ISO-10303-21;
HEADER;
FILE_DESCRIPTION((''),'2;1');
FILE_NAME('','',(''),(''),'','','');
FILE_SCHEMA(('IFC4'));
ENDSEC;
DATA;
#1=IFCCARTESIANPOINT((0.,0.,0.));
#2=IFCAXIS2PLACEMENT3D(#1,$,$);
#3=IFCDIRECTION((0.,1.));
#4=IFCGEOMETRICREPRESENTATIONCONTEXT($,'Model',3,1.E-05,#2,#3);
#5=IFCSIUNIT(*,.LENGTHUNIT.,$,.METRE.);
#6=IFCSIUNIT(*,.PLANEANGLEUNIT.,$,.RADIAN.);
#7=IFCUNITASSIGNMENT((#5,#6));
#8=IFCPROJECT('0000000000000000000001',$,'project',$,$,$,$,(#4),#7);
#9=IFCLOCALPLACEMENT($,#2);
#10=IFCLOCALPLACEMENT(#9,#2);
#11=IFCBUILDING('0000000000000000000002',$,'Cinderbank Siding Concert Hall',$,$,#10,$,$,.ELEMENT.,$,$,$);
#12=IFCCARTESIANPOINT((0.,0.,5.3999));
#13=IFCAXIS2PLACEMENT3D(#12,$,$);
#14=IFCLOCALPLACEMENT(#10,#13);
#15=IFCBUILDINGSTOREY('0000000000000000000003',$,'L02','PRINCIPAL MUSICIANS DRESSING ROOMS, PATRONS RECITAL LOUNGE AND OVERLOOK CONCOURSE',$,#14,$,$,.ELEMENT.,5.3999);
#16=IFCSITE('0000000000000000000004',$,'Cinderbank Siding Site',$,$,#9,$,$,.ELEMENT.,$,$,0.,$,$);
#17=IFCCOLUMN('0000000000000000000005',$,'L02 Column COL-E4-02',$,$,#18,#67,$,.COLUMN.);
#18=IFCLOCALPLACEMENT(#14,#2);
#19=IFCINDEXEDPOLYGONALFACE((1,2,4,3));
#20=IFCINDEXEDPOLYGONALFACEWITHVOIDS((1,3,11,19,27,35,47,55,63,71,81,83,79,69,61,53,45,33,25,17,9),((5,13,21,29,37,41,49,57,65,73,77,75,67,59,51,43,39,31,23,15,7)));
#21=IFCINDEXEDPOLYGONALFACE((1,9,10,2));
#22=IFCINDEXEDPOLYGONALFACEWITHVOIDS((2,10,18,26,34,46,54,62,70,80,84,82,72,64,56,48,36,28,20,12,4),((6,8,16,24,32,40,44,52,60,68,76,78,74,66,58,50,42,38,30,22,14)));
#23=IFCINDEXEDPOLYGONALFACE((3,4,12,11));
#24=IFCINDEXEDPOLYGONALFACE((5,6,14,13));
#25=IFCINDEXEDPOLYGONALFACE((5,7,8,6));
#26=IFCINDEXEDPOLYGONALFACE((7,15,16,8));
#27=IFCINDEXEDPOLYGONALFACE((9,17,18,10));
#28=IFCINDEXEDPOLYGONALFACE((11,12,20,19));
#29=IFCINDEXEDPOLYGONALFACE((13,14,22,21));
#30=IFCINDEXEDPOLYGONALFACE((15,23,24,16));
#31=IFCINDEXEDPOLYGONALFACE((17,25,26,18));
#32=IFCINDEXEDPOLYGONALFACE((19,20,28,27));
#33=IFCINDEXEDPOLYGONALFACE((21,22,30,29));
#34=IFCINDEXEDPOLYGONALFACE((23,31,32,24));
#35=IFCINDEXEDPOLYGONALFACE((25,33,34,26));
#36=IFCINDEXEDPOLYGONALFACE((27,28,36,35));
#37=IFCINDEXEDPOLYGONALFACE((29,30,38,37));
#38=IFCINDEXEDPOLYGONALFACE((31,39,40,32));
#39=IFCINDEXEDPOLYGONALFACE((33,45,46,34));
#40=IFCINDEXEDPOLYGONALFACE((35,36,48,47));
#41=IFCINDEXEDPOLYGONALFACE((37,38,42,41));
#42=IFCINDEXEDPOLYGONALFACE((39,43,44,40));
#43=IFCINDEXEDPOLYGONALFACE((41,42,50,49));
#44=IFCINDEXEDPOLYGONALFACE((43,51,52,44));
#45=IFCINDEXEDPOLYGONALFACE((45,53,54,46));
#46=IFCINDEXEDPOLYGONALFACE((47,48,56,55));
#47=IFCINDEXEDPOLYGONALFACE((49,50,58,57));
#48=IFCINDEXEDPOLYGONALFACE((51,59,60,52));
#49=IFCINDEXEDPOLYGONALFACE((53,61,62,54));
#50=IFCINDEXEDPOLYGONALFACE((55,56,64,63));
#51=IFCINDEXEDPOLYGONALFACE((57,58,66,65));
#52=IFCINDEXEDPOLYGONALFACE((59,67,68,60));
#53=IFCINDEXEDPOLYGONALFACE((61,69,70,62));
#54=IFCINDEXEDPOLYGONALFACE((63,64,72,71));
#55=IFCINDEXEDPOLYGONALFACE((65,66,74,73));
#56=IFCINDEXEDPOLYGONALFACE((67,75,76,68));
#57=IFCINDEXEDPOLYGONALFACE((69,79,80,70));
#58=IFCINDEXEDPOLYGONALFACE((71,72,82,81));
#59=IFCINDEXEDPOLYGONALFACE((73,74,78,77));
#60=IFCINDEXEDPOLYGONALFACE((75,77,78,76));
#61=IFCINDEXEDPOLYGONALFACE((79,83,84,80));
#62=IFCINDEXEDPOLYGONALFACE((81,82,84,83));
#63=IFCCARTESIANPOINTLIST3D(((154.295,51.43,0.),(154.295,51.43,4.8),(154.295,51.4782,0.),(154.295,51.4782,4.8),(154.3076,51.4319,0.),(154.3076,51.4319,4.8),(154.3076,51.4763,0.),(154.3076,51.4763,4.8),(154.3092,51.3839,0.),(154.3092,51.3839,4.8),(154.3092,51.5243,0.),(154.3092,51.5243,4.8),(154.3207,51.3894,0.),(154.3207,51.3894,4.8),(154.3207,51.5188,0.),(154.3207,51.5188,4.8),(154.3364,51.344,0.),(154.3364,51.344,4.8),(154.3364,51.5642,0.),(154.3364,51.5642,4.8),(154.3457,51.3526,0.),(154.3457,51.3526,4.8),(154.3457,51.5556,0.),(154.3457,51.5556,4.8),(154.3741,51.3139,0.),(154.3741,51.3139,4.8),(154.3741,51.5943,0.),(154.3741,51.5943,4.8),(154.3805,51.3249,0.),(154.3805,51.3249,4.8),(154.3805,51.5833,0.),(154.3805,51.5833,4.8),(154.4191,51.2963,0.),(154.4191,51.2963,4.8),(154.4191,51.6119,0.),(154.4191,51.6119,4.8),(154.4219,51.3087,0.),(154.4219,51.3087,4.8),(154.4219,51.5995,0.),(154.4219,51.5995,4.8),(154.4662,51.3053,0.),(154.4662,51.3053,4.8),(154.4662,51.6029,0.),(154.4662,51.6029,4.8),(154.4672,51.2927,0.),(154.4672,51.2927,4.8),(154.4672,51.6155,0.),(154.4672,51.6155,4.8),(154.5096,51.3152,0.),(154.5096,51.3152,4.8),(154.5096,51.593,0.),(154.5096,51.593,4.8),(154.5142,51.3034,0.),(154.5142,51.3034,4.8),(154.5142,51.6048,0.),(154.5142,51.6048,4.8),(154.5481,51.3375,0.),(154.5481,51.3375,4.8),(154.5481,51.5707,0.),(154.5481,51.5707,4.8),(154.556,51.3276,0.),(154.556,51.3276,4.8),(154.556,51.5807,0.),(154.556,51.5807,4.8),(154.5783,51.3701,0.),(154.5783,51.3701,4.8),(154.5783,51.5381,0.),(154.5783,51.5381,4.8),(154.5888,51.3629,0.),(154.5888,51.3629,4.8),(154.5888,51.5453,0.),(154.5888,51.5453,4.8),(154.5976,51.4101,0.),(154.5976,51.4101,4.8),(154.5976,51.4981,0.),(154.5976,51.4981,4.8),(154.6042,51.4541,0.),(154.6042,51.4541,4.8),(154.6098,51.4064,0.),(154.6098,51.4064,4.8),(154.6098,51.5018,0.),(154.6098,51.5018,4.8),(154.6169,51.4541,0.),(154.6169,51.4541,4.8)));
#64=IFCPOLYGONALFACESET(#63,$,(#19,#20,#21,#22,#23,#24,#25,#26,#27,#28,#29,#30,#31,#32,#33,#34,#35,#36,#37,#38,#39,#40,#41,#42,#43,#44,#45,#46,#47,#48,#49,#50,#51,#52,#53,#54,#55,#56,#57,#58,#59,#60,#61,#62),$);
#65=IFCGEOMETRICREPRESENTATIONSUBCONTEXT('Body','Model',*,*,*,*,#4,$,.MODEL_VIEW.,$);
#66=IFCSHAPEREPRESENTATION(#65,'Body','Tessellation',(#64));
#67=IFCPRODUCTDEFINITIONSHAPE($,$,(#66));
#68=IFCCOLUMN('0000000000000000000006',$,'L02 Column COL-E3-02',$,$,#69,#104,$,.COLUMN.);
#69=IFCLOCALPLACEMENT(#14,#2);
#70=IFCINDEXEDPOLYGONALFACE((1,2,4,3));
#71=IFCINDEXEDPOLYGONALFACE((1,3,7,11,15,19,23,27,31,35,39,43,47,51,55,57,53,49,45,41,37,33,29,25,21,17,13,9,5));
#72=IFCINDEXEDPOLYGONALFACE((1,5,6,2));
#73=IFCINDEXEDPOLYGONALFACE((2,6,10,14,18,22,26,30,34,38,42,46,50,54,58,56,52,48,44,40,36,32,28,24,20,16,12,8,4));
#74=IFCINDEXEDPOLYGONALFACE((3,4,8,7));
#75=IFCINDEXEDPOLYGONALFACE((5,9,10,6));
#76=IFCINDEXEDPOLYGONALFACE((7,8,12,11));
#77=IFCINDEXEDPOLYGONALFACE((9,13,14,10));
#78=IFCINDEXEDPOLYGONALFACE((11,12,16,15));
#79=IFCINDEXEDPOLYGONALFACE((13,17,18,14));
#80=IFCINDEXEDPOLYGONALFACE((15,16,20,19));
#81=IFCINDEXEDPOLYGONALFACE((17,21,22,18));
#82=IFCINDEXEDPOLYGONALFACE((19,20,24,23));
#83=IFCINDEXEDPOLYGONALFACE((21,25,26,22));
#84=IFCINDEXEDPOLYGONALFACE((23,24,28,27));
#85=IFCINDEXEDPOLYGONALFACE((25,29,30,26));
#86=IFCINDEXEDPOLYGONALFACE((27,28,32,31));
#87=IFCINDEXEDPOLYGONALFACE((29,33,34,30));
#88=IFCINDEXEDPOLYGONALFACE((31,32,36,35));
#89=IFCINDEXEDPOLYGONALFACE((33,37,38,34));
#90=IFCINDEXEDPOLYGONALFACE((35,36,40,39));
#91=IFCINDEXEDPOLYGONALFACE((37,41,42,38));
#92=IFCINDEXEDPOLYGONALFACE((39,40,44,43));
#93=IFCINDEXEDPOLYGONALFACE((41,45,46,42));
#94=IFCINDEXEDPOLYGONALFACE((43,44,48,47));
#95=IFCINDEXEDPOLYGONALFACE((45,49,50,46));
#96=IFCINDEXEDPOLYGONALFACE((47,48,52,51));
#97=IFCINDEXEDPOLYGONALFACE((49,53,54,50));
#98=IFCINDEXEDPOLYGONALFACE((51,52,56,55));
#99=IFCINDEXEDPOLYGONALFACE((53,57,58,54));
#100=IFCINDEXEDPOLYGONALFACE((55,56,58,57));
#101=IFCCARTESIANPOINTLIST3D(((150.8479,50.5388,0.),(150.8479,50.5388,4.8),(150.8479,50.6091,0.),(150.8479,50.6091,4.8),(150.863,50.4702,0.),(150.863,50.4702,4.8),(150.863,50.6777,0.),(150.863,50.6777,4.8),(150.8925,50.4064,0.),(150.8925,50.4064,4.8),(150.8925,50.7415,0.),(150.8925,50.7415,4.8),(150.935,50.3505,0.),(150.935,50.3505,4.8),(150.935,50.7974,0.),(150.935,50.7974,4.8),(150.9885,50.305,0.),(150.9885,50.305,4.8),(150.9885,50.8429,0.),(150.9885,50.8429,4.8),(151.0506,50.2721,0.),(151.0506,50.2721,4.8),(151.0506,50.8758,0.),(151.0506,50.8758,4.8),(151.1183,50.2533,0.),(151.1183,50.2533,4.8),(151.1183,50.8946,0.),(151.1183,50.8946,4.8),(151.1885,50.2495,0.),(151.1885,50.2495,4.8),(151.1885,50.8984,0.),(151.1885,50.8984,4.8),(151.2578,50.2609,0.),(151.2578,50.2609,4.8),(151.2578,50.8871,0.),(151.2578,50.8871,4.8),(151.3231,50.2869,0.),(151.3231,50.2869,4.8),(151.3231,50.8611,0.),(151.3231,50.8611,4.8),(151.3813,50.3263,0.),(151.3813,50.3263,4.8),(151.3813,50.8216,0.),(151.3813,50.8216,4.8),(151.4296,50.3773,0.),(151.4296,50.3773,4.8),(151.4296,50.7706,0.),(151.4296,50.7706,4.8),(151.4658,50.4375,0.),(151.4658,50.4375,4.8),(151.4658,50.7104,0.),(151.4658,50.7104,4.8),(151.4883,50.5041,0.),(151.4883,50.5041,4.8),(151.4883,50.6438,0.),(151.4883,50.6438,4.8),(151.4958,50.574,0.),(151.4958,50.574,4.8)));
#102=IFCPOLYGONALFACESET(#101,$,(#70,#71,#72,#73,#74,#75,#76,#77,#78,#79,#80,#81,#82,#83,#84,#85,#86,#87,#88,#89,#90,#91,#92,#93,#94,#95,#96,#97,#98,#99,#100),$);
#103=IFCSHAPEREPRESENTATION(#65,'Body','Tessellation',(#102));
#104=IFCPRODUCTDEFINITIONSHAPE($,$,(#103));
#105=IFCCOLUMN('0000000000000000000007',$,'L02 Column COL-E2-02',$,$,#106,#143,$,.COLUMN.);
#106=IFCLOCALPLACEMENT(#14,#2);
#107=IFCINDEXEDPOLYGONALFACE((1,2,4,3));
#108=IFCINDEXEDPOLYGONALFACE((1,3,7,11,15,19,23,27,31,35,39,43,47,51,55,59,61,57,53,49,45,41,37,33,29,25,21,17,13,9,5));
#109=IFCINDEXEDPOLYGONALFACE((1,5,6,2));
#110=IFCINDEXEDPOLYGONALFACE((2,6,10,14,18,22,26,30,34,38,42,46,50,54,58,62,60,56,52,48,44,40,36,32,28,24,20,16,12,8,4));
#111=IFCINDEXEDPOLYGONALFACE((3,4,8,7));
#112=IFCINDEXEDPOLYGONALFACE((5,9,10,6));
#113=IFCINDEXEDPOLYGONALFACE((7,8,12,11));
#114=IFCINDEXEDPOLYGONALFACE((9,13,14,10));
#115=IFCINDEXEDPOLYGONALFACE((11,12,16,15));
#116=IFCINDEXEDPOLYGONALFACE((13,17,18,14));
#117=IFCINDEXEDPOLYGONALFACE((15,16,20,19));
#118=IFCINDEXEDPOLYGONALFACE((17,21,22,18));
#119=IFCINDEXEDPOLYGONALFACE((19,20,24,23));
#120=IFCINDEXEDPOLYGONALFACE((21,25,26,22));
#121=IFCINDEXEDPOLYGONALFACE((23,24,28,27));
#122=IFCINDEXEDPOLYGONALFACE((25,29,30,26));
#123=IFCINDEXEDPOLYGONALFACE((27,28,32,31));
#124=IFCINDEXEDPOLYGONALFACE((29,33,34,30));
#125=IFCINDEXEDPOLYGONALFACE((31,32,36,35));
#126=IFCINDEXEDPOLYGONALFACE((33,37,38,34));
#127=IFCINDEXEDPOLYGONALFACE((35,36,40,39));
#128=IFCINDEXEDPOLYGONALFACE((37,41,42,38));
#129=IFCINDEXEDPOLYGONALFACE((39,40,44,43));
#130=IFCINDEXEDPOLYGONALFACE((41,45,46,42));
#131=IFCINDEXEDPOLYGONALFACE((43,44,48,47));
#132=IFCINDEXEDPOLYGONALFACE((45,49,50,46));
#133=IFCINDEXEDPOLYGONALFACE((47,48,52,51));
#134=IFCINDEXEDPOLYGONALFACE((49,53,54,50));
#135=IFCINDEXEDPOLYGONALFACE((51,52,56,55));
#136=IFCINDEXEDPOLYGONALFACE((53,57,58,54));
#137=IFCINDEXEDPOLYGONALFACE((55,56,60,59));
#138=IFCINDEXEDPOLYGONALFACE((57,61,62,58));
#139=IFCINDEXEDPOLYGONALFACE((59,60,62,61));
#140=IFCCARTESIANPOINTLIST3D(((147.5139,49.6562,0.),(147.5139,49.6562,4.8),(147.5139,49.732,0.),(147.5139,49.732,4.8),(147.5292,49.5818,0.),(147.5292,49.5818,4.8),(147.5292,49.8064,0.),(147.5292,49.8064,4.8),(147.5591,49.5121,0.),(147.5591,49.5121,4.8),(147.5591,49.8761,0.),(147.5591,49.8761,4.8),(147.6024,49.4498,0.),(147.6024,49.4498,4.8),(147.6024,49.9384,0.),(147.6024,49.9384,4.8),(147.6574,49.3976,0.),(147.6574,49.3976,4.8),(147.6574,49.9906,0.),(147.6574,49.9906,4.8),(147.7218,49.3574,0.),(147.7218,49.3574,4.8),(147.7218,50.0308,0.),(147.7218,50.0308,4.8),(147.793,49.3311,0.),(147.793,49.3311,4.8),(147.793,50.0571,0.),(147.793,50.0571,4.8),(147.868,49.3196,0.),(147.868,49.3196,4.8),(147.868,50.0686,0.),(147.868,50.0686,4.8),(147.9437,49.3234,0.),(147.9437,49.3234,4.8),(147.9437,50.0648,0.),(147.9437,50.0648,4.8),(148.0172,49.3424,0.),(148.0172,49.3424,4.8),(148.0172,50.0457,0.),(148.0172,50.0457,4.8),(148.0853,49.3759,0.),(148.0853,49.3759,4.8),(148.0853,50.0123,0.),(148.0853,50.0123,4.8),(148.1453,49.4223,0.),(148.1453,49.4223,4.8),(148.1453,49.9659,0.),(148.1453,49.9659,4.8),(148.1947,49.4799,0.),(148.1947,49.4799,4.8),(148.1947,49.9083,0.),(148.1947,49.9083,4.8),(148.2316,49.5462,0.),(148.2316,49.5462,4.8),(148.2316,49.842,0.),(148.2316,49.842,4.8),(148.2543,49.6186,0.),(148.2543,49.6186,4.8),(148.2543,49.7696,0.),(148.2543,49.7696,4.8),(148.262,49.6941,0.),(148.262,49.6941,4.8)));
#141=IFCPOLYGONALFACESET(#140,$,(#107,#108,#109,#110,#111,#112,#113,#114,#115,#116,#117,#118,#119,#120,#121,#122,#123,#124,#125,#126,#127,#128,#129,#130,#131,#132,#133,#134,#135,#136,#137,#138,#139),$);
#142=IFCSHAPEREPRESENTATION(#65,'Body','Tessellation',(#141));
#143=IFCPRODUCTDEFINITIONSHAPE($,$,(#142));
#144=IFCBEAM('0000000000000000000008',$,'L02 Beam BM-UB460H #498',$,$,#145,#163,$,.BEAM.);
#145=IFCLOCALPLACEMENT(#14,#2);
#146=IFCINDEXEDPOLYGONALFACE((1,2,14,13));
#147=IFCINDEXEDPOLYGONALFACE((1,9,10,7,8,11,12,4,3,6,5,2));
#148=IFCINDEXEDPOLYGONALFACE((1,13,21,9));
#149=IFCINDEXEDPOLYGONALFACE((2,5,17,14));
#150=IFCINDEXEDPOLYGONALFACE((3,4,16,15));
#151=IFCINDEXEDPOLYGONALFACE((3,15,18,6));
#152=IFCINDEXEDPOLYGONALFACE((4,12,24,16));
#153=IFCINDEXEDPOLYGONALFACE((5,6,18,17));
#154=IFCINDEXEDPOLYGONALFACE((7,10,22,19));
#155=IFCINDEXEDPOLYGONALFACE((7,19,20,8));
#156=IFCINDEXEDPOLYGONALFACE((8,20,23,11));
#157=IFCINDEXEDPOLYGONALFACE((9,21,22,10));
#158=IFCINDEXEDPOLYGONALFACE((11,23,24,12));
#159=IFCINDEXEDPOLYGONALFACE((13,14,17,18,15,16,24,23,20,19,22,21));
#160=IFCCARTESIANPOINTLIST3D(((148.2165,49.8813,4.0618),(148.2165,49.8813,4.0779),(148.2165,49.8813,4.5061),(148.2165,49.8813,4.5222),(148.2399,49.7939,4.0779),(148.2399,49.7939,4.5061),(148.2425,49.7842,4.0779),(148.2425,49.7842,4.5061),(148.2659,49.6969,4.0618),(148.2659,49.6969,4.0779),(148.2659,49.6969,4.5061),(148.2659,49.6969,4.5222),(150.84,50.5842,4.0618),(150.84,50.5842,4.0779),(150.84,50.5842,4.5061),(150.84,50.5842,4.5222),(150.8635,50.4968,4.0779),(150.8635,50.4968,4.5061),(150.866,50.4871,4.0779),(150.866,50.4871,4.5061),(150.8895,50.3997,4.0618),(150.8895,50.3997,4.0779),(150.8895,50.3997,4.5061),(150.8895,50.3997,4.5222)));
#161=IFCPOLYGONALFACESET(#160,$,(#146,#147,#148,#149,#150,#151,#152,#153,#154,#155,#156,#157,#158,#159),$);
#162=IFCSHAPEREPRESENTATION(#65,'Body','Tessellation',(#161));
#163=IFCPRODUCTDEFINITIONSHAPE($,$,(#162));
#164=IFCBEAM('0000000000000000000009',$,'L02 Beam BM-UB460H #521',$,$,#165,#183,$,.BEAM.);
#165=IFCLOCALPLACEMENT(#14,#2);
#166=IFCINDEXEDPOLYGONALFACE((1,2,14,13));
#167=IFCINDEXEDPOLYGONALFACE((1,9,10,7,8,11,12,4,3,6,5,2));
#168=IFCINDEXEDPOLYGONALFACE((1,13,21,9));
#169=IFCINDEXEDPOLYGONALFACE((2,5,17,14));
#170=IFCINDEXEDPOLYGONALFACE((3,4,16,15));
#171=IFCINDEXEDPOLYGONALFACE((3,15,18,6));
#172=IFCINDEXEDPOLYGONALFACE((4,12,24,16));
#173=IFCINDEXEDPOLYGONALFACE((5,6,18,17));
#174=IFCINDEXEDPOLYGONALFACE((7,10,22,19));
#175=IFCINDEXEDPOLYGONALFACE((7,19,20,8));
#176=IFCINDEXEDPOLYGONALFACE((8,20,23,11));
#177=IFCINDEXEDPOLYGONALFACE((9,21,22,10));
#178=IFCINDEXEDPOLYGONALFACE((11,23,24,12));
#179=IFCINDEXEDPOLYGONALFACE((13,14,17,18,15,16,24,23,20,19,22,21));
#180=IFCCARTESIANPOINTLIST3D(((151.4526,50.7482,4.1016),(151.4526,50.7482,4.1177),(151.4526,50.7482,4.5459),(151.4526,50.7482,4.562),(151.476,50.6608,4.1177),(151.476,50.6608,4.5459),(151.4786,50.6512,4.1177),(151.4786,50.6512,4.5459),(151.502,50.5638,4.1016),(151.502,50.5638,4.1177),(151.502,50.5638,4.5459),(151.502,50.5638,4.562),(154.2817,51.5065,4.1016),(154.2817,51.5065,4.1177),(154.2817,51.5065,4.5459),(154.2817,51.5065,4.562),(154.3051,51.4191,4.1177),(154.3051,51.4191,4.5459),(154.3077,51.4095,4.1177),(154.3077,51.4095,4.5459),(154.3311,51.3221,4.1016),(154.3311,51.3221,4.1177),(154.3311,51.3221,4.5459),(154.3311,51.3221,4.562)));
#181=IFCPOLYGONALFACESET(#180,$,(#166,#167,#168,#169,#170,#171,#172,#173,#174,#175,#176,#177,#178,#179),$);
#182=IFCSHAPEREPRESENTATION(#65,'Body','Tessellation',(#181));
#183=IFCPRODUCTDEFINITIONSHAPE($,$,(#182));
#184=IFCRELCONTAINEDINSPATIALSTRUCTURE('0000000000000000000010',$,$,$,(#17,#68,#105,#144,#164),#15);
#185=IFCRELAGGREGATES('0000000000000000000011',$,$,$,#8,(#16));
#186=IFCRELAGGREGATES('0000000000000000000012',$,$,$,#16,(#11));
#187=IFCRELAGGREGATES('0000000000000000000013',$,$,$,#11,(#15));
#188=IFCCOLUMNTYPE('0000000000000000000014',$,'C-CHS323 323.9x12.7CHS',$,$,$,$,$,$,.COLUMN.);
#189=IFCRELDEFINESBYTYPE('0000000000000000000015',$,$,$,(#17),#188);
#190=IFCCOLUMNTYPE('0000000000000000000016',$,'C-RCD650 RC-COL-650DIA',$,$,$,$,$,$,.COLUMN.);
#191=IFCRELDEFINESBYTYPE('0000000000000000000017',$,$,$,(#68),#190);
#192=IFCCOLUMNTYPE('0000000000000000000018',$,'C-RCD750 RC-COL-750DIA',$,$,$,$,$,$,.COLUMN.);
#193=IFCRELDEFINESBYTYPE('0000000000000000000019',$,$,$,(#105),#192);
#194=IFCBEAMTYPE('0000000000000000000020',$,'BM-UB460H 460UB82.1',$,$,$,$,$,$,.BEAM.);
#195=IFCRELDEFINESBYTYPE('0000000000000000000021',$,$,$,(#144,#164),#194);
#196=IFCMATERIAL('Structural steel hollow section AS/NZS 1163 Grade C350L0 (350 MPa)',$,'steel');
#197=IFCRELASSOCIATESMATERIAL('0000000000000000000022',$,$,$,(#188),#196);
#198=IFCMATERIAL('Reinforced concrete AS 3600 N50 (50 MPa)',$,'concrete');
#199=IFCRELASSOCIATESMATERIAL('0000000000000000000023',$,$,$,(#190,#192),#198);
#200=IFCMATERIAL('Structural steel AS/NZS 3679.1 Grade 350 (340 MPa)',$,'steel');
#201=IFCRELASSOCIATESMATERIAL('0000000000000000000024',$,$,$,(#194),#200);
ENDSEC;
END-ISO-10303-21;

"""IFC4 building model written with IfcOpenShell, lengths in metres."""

from ifc_helpers import new_model, si_unit, direction, frame, origin, origin_2d, place, context, subcontext, project, spatial, circle, hollow_circle, i_section, extrude, material, material_profile, profile_set, type_object, element, save


model = new_model("IFC4")

# Units and contexts
model_context = context("Model", 3, precision=1e-05, world=origin(), true_north=direction((0.0, 1.0)))
body_context = subcontext(model_context, "Body", "Model", "MODEL_VIEW")
ifc_project = project(units=[si_unit("LENGTHUNIT", "METRE"), si_unit("PLANEANGLEUNIT", "RADIAN")], contexts=[model_context])

# Site, building, storey
site_placement = place(None, origin())
site = spatial("IfcSite", under=ifc_project, at=site_placement, Name="Cinderbank Siding Site", CompositionType="ELEMENT", RefElevation=0.0)
building_placement = place(site_placement, origin())
building = spatial("IfcBuilding", under=site, at=building_placement, Name="Cinderbank Siding Concert Hall", CompositionType="ELEMENT")
storey_placement = place(building_placement, frame((0.0, 0.0, 5.3999)))
storey = spatial("IfcBuildingStorey", under=building, at=storey_placement, Name="L02", Description="PRINCIPAL MUSICIANS DRESSING ROOMS, PATRONS RECITAL LOUNGE AND OVERLOOK CONCOURSE", CompositionType="ELEMENT", Elevation=5.3999)

# Columns
ifc_material_1 = material(Name="Structural steel hollow section AS/NZS 1163 Grade C350L0 (350 MPa)", Category="steel")
ifc_material_profile_1 = material_profile(ifc_material_1, hollow_circle(Radius=0.1619, WallThickness=0.0127, at=origin_2d()), Name="323.9x12.7CHS", Category="LoadBearing")
ifc_profile_set_1 = profile_set([ifc_material_profile_1], Name="Structural steel hollow section AS/NZS 1163 Grade C350L0 (350 MPa)")
column_type_1 = type_object("IfcColumnType", Name="C-CHS323 323.9x12.7CHS", PredefinedType="COLUMN", material=ifc_profile_set_1)
column_1_placement = place(storey_placement, frame((154.4551, 51.4541, 0.0), z_axis=(0.0, 0.0, 1.0), x_axis=(1.0, 0.0, 0.0)))
element("IfcColumn", 1, at=column_1_placement, inside=storey, type_object=column_type_1, Name="L02 Column COL-E4-02", PredefinedType="COLUMN", context=body_context, shape_type="SweptSolid", body=[
    extrude(hollow_circle(Radius=0.1619, WallThickness=0.0127, at=origin_2d()), origin(), (0.0, 0.0, 1.0), 4.8),
])
ifc_material_2 = material(Name="Reinforced concrete AS 3600 N50 (50 MPa)", Category="concrete")
ifc_material_profile_2 = material_profile(ifc_material_2, circle(Radius=0.325, at=origin_2d()), Name="RC-COL-650DIA", Category="LoadBearing")
ifc_profile_set_2 = profile_set([ifc_material_profile_2], Name="Reinforced concrete AS 3600 N50 (50 MPa)")
column_type_2 = type_object("IfcColumnType", Name="C-RCD650 RC-COL-650DIA", PredefinedType="COLUMN", material=ifc_profile_set_2)
column_2_placement = place(storey_placement, frame((151.1709, 50.574, 0.0), z_axis=(0.0, 0.0, 1.0), x_axis=(1.0, 0.0, 0.0)))
element("IfcColumn", 2, at=column_2_placement, inside=storey, type_object=column_type_2, Name="L02 Column COL-E3-02", PredefinedType="COLUMN", context=body_context, shape_type="SweptSolid", body=[
    extrude(circle(Radius=0.325, at=origin_2d()), origin(), (0.0, 0.0, 1.0), 4.8),
])
ifc_material_profile_3 = material_profile(ifc_material_2, circle(Radius=0.375, at=origin_2d()), Name="RC-COL-750DIA", Category="LoadBearing")
ifc_profile_set_3 = profile_set([ifc_material_profile_3], Name="Reinforced concrete AS 3600 N50 (50 MPa)")
column_type_3 = type_object("IfcColumnType", Name="C-RCD750 RC-COL-750DIA", PredefinedType="COLUMN", material=ifc_profile_set_3)
column_3_placement = place(storey_placement, frame((147.887, 49.6941, 0.0), z_axis=(0.0, 0.0, 1.0), x_axis=(1.0, 0.0, 0.0)))
element("IfcColumn", 3, at=column_3_placement, inside=storey, type_object=column_type_3, Name="L02 Column COL-E2-02", PredefinedType="COLUMN", context=body_context, shape_type="SweptSolid", body=[
    extrude(circle(Radius=0.375, at=origin_2d()), origin(), (0.0, 0.0, 1.0), 4.8),
])

# Beams
ifc_material_3 = material(Name="Structural steel AS/NZS 3679.1 Grade 350 (340 MPa)", Category="steel")
ifc_material_profile_4 = material_profile(ifc_material_3, i_section(OverallWidth=0.1909, OverallDepth=0.4604, WebThickness=0.01, FlangeThickness=0.0161, at=origin_2d()), Name="460UB82.1", Category="LoadBearing")
ifc_profile_set_4 = profile_set([ifc_material_profile_4], Name="Structural steel AS/NZS 3679.1 Grade 350 (340 MPa)")
beam_type_1 = type_object("IfcBeamType", Name="BM-UB460H 460UB82.1", PredefinedType="BEAM", material=ifc_profile_set_4)
beam_1_placement = place(storey_placement, frame((148.2412, 49.7891, 4.292), z_axis=(0.965934, 0.258787, 0.0), x_axis=(-0.258787, 0.965934, 0.0)))
element("IfcBeam", 4, at=beam_1_placement, inside=storey, type_object=beam_type_1, Name="L02 Beam BM-UB460H #498", PredefinedType="BEAM", context=body_context, shape_type="SweptSolid", body=[
    extrude(i_section(OverallWidth=0.1909, OverallDepth=0.4604, WebThickness=0.01, FlangeThickness=0.0161, at=origin_2d()), origin(), (0.0, 0.0, 1.0), 2.7161),
])
beam_2_placement = place(storey_placement, frame((151.4773, 50.656, 4.3318), z_axis=(0.965905, 0.258897, 0.0), x_axis=(-0.258897, 0.965905, 0.0)))
element("IfcBeam", 5, at=beam_2_placement, inside=storey, type_object=beam_type_1, Name="L02 Beam BM-UB460H #521", PredefinedType="BEAM", context=body_context, shape_type="SweptSolid", body=[
    extrude(i_section(OverallWidth=0.1909, OverallDepth=0.4604, WebThickness=0.01, FlangeThickness=0.0161, at=origin_2d()), origin(), (0.0, 0.0, 1.0), 2.929),
])

save(model, "model.ifc")
